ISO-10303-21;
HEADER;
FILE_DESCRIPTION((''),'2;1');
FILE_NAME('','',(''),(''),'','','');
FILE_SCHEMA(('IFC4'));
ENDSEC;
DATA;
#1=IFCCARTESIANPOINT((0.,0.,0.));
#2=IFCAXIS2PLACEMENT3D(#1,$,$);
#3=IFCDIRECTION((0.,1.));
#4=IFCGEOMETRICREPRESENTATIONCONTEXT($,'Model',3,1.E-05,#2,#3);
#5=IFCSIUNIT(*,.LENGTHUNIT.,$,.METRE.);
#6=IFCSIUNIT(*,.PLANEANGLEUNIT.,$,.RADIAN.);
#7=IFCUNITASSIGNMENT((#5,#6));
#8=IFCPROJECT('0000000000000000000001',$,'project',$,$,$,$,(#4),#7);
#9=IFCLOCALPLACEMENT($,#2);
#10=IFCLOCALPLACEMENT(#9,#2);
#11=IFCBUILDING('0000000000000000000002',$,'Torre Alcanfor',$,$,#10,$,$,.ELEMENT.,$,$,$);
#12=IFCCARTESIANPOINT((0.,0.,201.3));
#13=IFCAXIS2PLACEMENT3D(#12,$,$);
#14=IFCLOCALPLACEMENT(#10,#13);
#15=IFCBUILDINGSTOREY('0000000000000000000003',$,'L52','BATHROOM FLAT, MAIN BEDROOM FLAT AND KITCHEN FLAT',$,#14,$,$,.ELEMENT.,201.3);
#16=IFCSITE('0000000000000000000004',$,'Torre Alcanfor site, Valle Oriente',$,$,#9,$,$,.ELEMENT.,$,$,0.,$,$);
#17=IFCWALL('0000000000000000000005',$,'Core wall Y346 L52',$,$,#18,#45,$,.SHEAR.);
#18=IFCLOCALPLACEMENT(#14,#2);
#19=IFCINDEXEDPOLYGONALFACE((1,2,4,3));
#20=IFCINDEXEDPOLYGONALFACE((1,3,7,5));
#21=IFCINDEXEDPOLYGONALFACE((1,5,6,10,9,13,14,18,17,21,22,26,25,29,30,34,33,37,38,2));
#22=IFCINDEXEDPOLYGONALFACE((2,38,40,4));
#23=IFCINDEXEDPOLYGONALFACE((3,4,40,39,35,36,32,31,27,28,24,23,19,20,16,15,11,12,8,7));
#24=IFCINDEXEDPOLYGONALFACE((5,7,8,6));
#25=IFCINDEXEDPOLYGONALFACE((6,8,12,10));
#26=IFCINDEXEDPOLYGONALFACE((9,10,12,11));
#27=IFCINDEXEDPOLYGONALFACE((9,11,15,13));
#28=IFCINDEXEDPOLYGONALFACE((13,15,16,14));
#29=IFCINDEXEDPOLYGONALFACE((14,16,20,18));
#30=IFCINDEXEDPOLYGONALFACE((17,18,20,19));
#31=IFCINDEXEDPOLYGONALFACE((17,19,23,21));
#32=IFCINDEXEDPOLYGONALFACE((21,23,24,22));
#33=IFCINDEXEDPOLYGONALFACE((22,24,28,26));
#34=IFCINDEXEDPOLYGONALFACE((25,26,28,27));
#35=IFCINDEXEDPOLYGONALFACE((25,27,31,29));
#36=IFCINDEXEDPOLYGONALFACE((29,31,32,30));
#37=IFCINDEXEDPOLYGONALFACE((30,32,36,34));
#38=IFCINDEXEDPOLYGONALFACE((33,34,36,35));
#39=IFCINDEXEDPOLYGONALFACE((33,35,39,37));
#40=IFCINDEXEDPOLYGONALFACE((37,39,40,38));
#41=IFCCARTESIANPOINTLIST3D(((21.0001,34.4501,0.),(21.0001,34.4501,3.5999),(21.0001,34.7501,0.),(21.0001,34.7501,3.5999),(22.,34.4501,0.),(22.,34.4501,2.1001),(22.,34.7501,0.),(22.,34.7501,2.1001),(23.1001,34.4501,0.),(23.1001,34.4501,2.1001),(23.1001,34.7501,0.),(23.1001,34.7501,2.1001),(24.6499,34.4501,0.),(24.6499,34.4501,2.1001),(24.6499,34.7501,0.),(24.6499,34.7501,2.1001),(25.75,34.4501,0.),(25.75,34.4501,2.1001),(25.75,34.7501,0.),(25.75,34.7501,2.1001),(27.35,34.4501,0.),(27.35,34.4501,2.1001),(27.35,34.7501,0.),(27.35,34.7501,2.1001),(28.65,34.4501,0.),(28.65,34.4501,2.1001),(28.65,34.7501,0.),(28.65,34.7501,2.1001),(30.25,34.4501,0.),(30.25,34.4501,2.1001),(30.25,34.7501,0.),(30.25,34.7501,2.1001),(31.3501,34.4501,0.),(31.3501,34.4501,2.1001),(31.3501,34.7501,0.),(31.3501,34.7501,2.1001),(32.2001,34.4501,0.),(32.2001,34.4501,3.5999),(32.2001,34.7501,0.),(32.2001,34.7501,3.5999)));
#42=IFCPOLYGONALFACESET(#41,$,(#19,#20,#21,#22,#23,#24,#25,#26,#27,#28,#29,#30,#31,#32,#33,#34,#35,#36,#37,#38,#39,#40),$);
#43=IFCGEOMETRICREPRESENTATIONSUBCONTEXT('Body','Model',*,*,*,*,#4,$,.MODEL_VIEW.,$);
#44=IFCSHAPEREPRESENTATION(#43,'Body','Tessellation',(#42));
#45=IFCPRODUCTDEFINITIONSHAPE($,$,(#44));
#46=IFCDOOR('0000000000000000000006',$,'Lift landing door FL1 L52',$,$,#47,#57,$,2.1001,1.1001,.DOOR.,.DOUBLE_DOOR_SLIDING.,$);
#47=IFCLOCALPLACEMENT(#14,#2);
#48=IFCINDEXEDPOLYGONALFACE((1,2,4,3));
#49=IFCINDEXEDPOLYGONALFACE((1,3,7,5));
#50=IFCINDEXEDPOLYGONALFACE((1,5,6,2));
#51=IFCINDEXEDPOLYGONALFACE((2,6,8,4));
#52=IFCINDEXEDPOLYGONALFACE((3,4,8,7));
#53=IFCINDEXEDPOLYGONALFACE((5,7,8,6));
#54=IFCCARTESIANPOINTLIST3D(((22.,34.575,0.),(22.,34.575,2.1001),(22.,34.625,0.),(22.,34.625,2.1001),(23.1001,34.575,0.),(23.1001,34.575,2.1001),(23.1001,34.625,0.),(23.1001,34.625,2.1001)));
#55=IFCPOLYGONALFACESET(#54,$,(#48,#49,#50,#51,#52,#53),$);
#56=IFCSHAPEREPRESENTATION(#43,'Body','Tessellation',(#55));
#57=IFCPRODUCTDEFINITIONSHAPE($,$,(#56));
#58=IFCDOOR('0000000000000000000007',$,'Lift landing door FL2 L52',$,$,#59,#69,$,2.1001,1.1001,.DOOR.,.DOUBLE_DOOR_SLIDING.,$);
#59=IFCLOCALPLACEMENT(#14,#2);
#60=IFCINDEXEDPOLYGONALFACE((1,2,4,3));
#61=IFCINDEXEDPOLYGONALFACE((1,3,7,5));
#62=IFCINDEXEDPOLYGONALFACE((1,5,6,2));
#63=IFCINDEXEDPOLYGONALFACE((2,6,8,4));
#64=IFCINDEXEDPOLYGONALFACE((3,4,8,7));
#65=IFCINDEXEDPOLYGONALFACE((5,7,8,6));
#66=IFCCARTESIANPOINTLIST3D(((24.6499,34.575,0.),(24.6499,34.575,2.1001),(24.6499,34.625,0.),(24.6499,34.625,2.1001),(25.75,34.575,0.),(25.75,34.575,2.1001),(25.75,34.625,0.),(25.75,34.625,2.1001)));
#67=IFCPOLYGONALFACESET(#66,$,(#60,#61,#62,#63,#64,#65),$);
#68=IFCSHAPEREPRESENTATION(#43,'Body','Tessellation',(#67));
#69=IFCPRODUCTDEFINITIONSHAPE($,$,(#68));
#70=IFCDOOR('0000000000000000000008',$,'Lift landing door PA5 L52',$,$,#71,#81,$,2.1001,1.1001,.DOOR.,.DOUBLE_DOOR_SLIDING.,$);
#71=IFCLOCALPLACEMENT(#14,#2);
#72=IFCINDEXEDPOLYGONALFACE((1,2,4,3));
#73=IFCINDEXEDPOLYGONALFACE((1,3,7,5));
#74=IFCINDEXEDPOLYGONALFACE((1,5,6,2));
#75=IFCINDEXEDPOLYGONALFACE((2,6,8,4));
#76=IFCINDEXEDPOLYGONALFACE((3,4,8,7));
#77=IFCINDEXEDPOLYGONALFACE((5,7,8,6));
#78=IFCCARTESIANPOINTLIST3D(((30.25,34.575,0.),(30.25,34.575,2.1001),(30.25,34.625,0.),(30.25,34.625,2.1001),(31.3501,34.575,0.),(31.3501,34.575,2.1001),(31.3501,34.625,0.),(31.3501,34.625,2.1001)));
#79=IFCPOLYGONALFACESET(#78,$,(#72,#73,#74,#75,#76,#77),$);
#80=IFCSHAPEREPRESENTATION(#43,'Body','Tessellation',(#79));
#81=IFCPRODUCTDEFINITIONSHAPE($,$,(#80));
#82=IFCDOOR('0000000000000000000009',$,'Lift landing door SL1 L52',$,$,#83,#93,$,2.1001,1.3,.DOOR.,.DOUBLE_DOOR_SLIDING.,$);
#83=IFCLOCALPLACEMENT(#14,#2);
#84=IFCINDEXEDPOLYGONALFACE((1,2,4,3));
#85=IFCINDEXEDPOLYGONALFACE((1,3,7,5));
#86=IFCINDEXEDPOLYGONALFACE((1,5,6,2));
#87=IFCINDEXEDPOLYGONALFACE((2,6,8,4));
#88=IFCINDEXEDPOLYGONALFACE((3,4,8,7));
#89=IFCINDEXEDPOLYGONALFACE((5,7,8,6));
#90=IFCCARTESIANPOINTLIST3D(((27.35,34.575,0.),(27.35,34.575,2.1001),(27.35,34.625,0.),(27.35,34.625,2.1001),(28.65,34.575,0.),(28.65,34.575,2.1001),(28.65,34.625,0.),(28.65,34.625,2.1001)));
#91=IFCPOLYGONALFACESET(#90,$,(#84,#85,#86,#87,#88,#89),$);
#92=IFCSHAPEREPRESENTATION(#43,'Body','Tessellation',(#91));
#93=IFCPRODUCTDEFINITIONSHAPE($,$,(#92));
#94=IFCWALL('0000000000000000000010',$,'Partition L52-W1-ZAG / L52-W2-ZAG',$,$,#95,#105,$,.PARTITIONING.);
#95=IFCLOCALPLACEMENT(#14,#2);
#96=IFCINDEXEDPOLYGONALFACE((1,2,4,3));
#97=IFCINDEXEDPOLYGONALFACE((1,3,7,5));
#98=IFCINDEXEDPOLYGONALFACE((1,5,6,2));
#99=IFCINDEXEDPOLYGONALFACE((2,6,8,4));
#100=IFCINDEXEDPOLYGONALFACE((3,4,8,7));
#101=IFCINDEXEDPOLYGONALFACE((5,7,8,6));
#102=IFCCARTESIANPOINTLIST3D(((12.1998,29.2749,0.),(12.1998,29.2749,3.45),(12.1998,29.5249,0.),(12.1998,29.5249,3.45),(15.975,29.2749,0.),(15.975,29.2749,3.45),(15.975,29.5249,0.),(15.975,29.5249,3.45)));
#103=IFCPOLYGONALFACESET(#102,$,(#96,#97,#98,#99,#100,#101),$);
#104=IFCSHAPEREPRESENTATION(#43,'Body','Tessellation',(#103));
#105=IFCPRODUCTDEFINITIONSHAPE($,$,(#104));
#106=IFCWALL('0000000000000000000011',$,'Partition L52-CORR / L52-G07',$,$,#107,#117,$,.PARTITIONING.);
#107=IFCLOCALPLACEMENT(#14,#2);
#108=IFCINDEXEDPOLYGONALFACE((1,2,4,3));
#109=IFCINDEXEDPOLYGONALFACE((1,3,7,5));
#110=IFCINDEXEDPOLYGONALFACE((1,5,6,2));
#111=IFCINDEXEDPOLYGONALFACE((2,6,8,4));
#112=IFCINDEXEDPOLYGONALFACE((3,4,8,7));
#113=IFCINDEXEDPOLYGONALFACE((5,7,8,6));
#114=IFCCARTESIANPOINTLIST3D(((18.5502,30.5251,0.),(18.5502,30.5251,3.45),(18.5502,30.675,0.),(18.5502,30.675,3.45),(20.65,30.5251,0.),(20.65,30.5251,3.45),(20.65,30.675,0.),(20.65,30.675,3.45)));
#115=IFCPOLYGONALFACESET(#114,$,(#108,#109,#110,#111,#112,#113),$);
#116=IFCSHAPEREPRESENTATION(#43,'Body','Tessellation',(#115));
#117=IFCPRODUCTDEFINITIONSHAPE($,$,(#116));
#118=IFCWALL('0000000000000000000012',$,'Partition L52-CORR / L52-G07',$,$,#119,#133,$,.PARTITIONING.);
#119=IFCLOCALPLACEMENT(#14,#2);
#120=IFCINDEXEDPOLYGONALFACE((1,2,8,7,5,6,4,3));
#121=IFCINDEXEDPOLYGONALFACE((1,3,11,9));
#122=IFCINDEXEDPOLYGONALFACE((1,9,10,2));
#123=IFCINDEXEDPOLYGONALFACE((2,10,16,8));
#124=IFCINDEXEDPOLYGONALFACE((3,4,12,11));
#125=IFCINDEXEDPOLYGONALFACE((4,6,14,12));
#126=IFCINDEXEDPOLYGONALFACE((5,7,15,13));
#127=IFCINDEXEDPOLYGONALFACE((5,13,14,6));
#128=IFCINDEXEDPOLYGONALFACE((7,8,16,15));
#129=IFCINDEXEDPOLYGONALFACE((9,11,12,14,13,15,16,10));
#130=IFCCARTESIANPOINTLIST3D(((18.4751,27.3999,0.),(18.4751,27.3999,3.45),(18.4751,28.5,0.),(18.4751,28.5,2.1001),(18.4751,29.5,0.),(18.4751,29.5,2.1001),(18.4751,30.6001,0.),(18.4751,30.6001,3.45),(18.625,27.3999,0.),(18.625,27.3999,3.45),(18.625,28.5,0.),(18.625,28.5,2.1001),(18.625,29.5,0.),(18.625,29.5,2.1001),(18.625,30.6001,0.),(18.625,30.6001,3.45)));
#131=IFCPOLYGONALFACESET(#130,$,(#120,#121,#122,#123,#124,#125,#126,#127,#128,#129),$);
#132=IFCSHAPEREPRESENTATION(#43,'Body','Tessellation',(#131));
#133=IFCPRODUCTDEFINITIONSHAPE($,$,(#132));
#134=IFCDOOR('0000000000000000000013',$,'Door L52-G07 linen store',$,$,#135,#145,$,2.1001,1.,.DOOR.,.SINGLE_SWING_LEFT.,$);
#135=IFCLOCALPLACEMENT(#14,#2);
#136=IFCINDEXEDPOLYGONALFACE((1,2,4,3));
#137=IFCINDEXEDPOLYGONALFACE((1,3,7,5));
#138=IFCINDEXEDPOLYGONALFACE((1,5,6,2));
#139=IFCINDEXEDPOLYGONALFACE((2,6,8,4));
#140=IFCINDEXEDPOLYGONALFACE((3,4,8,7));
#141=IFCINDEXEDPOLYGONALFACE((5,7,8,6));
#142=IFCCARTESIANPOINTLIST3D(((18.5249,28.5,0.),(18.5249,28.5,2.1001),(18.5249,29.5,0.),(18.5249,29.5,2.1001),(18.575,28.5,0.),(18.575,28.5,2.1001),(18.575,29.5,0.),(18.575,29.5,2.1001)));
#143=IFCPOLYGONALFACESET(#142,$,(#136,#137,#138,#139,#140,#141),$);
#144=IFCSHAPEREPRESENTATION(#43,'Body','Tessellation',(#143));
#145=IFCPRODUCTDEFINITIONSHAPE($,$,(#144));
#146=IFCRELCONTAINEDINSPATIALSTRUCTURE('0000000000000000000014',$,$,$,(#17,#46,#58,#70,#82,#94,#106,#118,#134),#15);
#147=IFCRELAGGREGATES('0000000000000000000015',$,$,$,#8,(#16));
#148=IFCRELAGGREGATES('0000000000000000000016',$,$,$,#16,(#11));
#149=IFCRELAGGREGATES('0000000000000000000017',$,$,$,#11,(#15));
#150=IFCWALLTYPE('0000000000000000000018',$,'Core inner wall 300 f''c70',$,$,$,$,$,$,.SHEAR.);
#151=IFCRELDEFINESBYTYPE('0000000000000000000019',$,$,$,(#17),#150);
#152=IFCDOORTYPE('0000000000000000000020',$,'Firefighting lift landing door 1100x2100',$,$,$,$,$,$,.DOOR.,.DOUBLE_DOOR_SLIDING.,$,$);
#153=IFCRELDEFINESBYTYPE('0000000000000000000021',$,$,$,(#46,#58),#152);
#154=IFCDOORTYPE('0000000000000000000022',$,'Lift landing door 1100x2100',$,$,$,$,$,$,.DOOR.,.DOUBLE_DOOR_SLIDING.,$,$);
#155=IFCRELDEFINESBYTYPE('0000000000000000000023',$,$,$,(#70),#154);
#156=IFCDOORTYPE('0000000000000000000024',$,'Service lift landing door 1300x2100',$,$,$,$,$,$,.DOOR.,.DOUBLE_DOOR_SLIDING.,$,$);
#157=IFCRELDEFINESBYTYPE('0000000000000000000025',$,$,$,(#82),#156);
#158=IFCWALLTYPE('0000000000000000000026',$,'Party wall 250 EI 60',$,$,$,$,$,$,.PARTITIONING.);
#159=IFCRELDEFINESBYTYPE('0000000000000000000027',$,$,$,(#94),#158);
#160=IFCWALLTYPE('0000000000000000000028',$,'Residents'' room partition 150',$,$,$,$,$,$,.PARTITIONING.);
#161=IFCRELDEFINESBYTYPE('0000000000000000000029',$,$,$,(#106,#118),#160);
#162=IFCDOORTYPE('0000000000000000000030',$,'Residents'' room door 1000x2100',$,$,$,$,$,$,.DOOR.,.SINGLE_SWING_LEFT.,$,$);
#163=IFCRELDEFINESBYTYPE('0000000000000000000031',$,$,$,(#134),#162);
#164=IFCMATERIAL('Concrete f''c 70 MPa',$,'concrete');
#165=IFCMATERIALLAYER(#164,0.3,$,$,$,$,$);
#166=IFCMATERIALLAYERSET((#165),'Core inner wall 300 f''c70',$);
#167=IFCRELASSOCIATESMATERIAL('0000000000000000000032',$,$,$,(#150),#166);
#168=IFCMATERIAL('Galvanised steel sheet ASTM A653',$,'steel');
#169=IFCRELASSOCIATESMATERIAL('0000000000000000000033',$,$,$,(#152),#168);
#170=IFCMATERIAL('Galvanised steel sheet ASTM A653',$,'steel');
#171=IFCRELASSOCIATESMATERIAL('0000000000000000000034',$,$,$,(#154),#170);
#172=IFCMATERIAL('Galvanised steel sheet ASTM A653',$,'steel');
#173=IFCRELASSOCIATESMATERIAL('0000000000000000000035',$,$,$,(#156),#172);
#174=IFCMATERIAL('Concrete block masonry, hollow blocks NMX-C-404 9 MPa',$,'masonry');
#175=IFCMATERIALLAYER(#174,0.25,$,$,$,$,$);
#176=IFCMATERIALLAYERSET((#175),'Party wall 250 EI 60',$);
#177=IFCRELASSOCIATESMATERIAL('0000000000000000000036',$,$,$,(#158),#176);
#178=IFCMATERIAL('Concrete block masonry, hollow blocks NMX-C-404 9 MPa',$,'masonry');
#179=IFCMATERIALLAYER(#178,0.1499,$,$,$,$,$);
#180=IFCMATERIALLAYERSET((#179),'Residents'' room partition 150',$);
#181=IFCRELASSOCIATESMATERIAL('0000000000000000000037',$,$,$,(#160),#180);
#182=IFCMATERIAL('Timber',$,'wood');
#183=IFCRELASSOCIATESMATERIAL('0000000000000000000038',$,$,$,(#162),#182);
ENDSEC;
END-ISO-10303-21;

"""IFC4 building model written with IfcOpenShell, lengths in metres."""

from ifc_helpers import new_model, si_unit, direction, frame, frame_2d, origin, place, context, subcontext, project, spatial, rectangle, extrude, material, layer, layer_set, type_object, element, fill, save


model = new_model("IFC4")

# Units and contexts
model_context = context("Model", 3, precision=1e-05, world=origin(), true_north=direction((0.0, 1.0)))
body_context = subcontext(model_context, "Body", "Model", "MODEL_VIEW")
ifc_project = project(units=[si_unit("LENGTHUNIT", "METRE"), si_unit("PLANEANGLEUNIT", "RADIAN")], contexts=[model_context])

# Site, building, storey
site_placement = place(None, origin())
site = spatial("IfcSite", under=ifc_project, at=site_placement, Name="Torre Alcanfor site, Valle Oriente", CompositionType="ELEMENT", RefElevation=0.0)
building_placement = place(site_placement, origin())
building = spatial("IfcBuilding", under=site, at=building_placement, Name="Torre Alcanfor", CompositionType="ELEMENT")
storey_placement = place(building_placement, frame((0.0, 0.0, 201.3)))
storey = spatial("IfcBuildingStorey", under=building, at=storey_placement, Name="L52", Description="BATHROOM FLAT, MAIN BEDROOM FLAT AND KITCHEN FLAT", CompositionType="ELEMENT", Elevation=201.3)

# Shared definitions
ifc_material_1 = material(Name="Concrete f'c 70 MPa", Category="concrete")
ifc_layer_1 = layer(ifc_material_1, 0.3)
ifc_layer_set_1 = layer_set([ifc_layer_1], Name="Core inner wall 300 f'c70")
wall_type_1 = type_object("IfcWallType", Name="Core inner wall 300 f'c70", PredefinedType="SHEAR", material=ifc_layer_set_1)

# Wall, openings, doors
wall_1_placement = place(storey_placement, frame((21.0, 34.6001, 0.0), z_axis=(0.0, 0.0, 1.0), x_axis=(1.0, 0.0, 0.0)))
wall_1 = element("IfcWall", 1, at=wall_1_placement, inside=storey, type_object=wall_type_1, Name="Core wall Y346 L52", PredefinedType="SHEAR", context=body_context, shape_type="SweptSolid", body=[
    extrude(rectangle(XDim=11.2, YDim=0.3, at=frame_2d((5.6001, 0.0))), origin(), (0.0, 0.0, 1.0), 3.5999),
])
opening_1_placement = place(wall_1_placement, frame((9.25, 0.0, 0.0)))
opening_1 = element("IfcOpeningElement", 2, at=opening_1_placement, cuts=wall_1, PredefinedType="OPENING", context=body_context, shape_type="SweptSolid", body=[
    extrude(rectangle(XDim=1.1001, YDim=2.1001, at=frame_2d((0.55, 1.05))), frame((0.0, 0.1599, 0.0), z_axis=(0.0, -1.0, 0.0), x_axis=(1.0, 0.0, 0.0)), (0.0, 0.0, 1.0), 0.3201),
])
opening_2_placement = place(wall_1_placement, frame((1.0, 0.0, 0.0)))
opening_2 = element("IfcOpeningElement", 3, at=opening_2_placement, cuts=wall_1, PredefinedType="OPENING", context=body_context, shape_type="SweptSolid", body=[
    extrude(rectangle(XDim=1.1001, YDim=2.1001, at=frame_2d((0.55, 1.05))), frame((0.0, 0.1599, 0.0), z_axis=(0.0, -1.0, 0.0), x_axis=(1.0, 0.0, 0.0)), (0.0, 0.0, 1.0), 0.3201),
])
opening_3_placement = place(wall_1_placement, frame((3.6499, 0.0, 0.0)))
opening_3 = element("IfcOpeningElement", 4, at=opening_3_placement, cuts=wall_1, PredefinedType="OPENING", context=body_context, shape_type="SweptSolid", body=[
    extrude(rectangle(XDim=1.1001, YDim=2.1001, at=frame_2d((0.55, 1.05))), frame((0.0, 0.1599, 0.0), z_axis=(0.0, -1.0, 0.0), x_axis=(1.0, 0.0, 0.0)), (0.0, 0.0, 1.0), 0.3201),
])
opening_4_placement = place(wall_1_placement, frame((6.3501, 0.0, 0.0)))
opening_4 = element("IfcOpeningElement", 5, at=opening_4_placement, cuts=wall_1, PredefinedType="OPENING", context=body_context, shape_type="SweptSolid", body=[
    extrude(rectangle(XDim=1.3, YDim=2.1001, at=frame_2d((0.6499, 1.05))), frame((0.0, 0.1599, 0.0), z_axis=(0.0, -1.0, 0.0), x_axis=(1.0, 0.0, 0.0)), (0.0, 0.0, 1.0), 0.3201),
])
ifc_material_2 = material(Name="Galvanised steel sheet ASTM A653", Category="steel")
door_type_1 = type_object("IfcDoorType", Name="Firefighting lift landing door 1100x2100", OperationType="DOUBLE_DOOR_SLIDING", PredefinedType="DOOR", material=ifc_material_2)
door_1_placement = place(opening_2_placement, origin())
door_1 = element("IfcDoor", 6, at=door_1_placement, inside=storey, type_object=door_type_1, Name="Lift landing door FL1 L52", OperationType="DOUBLE_DOOR_SLIDING", OverallHeight=2.1001, OverallWidth=1.1001, PredefinedType="DOOR", context=body_context, shape_type="SweptSolid", body=[
    extrude(rectangle(XDim=1.1001, YDim=2.1001, at=frame_2d((0.55, 1.05))), frame((0.0, 0.0249, 0.0), z_axis=(0.0, -1.0, 0.0), x_axis=(1.0, 0.0, 0.0)), (0.0, 0.0, 1.0), 0.05),
])
fill(opening_2, door_1)
door_2_placement = place(opening_3_placement, origin())
door_2 = element("IfcDoor", 7, at=door_2_placement, inside=storey, type_object=door_type_1, Name="Lift landing door FL2 L52", OperationType="DOUBLE_DOOR_SLIDING", OverallHeight=2.1001, OverallWidth=1.1001, PredefinedType="DOOR", context=body_context, shape_type="SweptSolid", body=[
    extrude(rectangle(XDim=1.1001, YDim=2.1001, at=frame_2d((0.55, 1.05))), frame((0.0, 0.0249, 0.0), z_axis=(0.0, -1.0, 0.0), x_axis=(1.0, 0.0, 0.0)), (0.0, 0.0, 1.0), 0.05),
])
fill(opening_3, door_2)
ifc_material_3 = material(Name="Galvanised steel sheet ASTM A653", Category="steel")
door_type_2 = type_object("IfcDoorType", Name="Lift landing door 1100x2100", OperationType="DOUBLE_DOOR_SLIDING", PredefinedType="DOOR", material=ifc_material_3)
door_3_placement = place(opening_1_placement, origin())
door_3 = element("IfcDoor", 8, at=door_3_placement, inside=storey, type_object=door_type_2, Name="Lift landing door PA5 L52", OperationType="DOUBLE_DOOR_SLIDING", OverallHeight=2.1001, OverallWidth=1.1001, PredefinedType="DOOR", context=body_context, shape_type="SweptSolid", body=[
    extrude(rectangle(XDim=1.1001, YDim=2.1001, at=frame_2d((0.55, 1.05))), frame((0.0, 0.0249, 0.0), z_axis=(0.0, -1.0, 0.0), x_axis=(1.0, 0.0, 0.0)), (0.0, 0.0, 1.0), 0.05),
])
fill(opening_1, door_3)
ifc_material_4 = material(Name="Galvanised steel sheet ASTM A653", Category="steel")
door_type_3 = type_object("IfcDoorType", Name="Service lift landing door 1300x2100", OperationType="DOUBLE_DOOR_SLIDING", PredefinedType="DOOR", material=ifc_material_4)
door_4_placement = place(opening_4_placement, origin())
door_4 = element("IfcDoor", 9, at=door_4_placement, inside=storey, type_object=door_type_3, Name="Lift landing door SL1 L52", OperationType="DOUBLE_DOOR_SLIDING", OverallHeight=2.1001, OverallWidth=1.3, PredefinedType="DOOR", context=body_context, shape_type="SweptSolid", body=[
    extrude(rectangle(XDim=1.3, YDim=2.1001, at=frame_2d((0.6499, 1.05))), frame((0.0, 0.0249, 0.0), z_axis=(0.0, -1.0, 0.0), x_axis=(1.0, 0.0, 0.0)), (0.0, 0.0, 1.0), 0.05),
])
fill(opening_4, door_4)

# Walls
ifc_material_5 = material(Name="Concrete block masonry, hollow blocks NMX-C-404 9 MPa", Category="masonry")
ifc_layer_2 = layer(ifc_material_5, 0.25)
ifc_layer_set_2 = layer_set([ifc_layer_2], Name="Party wall 250 EI 60")
wall_type_2 = type_object("IfcWallType", Name="Party wall 250 EI 60", PredefinedType="PARTITIONING", material=ifc_layer_set_2)
wall_2_placement = place(storey_placement, frame((15.9751, 29.3999, 0.0), z_axis=(0.0, 0.0, 1.0), x_axis=(-1.0, 0.0, 0.0)))
element("IfcWall", 10, at=wall_2_placement, inside=storey, type_object=wall_type_2, Name="Partition L52-W1-ZAG / L52-W2-ZAG", PredefinedType="PARTITIONING", context=body_context, shape_type="SweptSolid", body=[
    extrude(rectangle(XDim=3.7751, YDim=0.25, at=frame_2d((1.8877, 0.0))), origin(), (0.0, 0.0, 1.0), 3.45),
])
ifc_material_6 = material(Name="Concrete block masonry, hollow blocks NMX-C-404 9 MPa", Category="masonry")
ifc_layer_3 = layer(ifc_material_6, 0.1499)
ifc_layer_set_3 = layer_set([ifc_layer_3], Name="Residents' room partition 150")
wall_type_3 = type_object("IfcWallType", Name="Residents' room partition 150", PredefinedType="PARTITIONING", material=ifc_layer_set_3)
wall_3_placement = place(storey_placement, frame((20.6499, 30.6001, 0.0), z_axis=(0.0, 0.0, 1.0), x_axis=(-1.0, 0.0, 0.0)))
element("IfcWall", 11, at=wall_3_placement, inside=storey, type_object=wall_type_3, Name="Partition L52-CORR / L52-G07", PredefinedType="PARTITIONING", context=body_context, shape_type="SweptSolid", body=[
    extrude(rectangle(XDim=2.0999, YDim=0.1499, at=frame_2d((1.0498, 0.0))), origin(), (0.0, 0.0, 1.0), 3.45),
])

# Wall, opening, door
wall_4_placement = place(storey_placement, frame((18.55, 30.6001, 0.0), z_axis=(0.0, 0.0, 1.0), x_axis=(0.0, -1.0, 0.0)))
wall_4 = element("IfcWall", 12, at=wall_4_placement, inside=storey, type_object=wall_type_3, Name="Partition L52-CORR / L52-G07", PredefinedType="PARTITIONING", context=body_context, shape_type="SweptSolid", body=[
    extrude(rectangle(XDim=3.2002, YDim=0.1499, at=frame_2d((1.6001, 0.0))), origin(), (0.0, 0.0, 1.0), 3.45),
])
opening_5_placement = place(wall_4_placement, frame((1.1001, 0.0, 0.0)))
opening_5 = element("IfcOpeningElement", 13, at=opening_5_placement, cuts=wall_4, PredefinedType="OPENING", context=body_context, shape_type="SweptSolid", body=[
    extrude(rectangle(XDim=1.0, YDim=2.1001, at=frame_2d((0.5, 1.05))), frame((0.0, 0.085, 0.0), z_axis=(0.0, -1.0, 0.0), x_axis=(1.0, 0.0, 0.0)), (0.0, 0.0, 1.0), 0.1699),
])
ifc_material_7 = material(Name="Timber", Category="wood")
door_type_4 = type_object("IfcDoorType", Name="Residents' room door 1000x2100", OperationType="SINGLE_SWING_LEFT", PredefinedType="DOOR", material=ifc_material_7)
door_5_placement = place(opening_5_placement, origin())
door_5 = element("IfcDoor", 14, at=door_5_placement, inside=storey, type_object=door_type_4, Name="Door L52-G07 linen store", OperationType="SINGLE_SWING_LEFT", OverallHeight=2.1001, OverallWidth=1.0, PredefinedType="DOOR", context=body_context, shape_type="SweptSolid", body=[
    extrude(rectangle(XDim=1.0, YDim=2.1001, at=frame_2d((0.5, 1.05))), frame((0.0, 0.0249, 0.0), z_axis=(0.0, -1.0, 0.0), x_axis=(1.0, 0.0, 0.0)), (0.0, 0.0, 1.0), 0.05),
])
fill(opening_5, door_5)

save(model, "model.ifc")
